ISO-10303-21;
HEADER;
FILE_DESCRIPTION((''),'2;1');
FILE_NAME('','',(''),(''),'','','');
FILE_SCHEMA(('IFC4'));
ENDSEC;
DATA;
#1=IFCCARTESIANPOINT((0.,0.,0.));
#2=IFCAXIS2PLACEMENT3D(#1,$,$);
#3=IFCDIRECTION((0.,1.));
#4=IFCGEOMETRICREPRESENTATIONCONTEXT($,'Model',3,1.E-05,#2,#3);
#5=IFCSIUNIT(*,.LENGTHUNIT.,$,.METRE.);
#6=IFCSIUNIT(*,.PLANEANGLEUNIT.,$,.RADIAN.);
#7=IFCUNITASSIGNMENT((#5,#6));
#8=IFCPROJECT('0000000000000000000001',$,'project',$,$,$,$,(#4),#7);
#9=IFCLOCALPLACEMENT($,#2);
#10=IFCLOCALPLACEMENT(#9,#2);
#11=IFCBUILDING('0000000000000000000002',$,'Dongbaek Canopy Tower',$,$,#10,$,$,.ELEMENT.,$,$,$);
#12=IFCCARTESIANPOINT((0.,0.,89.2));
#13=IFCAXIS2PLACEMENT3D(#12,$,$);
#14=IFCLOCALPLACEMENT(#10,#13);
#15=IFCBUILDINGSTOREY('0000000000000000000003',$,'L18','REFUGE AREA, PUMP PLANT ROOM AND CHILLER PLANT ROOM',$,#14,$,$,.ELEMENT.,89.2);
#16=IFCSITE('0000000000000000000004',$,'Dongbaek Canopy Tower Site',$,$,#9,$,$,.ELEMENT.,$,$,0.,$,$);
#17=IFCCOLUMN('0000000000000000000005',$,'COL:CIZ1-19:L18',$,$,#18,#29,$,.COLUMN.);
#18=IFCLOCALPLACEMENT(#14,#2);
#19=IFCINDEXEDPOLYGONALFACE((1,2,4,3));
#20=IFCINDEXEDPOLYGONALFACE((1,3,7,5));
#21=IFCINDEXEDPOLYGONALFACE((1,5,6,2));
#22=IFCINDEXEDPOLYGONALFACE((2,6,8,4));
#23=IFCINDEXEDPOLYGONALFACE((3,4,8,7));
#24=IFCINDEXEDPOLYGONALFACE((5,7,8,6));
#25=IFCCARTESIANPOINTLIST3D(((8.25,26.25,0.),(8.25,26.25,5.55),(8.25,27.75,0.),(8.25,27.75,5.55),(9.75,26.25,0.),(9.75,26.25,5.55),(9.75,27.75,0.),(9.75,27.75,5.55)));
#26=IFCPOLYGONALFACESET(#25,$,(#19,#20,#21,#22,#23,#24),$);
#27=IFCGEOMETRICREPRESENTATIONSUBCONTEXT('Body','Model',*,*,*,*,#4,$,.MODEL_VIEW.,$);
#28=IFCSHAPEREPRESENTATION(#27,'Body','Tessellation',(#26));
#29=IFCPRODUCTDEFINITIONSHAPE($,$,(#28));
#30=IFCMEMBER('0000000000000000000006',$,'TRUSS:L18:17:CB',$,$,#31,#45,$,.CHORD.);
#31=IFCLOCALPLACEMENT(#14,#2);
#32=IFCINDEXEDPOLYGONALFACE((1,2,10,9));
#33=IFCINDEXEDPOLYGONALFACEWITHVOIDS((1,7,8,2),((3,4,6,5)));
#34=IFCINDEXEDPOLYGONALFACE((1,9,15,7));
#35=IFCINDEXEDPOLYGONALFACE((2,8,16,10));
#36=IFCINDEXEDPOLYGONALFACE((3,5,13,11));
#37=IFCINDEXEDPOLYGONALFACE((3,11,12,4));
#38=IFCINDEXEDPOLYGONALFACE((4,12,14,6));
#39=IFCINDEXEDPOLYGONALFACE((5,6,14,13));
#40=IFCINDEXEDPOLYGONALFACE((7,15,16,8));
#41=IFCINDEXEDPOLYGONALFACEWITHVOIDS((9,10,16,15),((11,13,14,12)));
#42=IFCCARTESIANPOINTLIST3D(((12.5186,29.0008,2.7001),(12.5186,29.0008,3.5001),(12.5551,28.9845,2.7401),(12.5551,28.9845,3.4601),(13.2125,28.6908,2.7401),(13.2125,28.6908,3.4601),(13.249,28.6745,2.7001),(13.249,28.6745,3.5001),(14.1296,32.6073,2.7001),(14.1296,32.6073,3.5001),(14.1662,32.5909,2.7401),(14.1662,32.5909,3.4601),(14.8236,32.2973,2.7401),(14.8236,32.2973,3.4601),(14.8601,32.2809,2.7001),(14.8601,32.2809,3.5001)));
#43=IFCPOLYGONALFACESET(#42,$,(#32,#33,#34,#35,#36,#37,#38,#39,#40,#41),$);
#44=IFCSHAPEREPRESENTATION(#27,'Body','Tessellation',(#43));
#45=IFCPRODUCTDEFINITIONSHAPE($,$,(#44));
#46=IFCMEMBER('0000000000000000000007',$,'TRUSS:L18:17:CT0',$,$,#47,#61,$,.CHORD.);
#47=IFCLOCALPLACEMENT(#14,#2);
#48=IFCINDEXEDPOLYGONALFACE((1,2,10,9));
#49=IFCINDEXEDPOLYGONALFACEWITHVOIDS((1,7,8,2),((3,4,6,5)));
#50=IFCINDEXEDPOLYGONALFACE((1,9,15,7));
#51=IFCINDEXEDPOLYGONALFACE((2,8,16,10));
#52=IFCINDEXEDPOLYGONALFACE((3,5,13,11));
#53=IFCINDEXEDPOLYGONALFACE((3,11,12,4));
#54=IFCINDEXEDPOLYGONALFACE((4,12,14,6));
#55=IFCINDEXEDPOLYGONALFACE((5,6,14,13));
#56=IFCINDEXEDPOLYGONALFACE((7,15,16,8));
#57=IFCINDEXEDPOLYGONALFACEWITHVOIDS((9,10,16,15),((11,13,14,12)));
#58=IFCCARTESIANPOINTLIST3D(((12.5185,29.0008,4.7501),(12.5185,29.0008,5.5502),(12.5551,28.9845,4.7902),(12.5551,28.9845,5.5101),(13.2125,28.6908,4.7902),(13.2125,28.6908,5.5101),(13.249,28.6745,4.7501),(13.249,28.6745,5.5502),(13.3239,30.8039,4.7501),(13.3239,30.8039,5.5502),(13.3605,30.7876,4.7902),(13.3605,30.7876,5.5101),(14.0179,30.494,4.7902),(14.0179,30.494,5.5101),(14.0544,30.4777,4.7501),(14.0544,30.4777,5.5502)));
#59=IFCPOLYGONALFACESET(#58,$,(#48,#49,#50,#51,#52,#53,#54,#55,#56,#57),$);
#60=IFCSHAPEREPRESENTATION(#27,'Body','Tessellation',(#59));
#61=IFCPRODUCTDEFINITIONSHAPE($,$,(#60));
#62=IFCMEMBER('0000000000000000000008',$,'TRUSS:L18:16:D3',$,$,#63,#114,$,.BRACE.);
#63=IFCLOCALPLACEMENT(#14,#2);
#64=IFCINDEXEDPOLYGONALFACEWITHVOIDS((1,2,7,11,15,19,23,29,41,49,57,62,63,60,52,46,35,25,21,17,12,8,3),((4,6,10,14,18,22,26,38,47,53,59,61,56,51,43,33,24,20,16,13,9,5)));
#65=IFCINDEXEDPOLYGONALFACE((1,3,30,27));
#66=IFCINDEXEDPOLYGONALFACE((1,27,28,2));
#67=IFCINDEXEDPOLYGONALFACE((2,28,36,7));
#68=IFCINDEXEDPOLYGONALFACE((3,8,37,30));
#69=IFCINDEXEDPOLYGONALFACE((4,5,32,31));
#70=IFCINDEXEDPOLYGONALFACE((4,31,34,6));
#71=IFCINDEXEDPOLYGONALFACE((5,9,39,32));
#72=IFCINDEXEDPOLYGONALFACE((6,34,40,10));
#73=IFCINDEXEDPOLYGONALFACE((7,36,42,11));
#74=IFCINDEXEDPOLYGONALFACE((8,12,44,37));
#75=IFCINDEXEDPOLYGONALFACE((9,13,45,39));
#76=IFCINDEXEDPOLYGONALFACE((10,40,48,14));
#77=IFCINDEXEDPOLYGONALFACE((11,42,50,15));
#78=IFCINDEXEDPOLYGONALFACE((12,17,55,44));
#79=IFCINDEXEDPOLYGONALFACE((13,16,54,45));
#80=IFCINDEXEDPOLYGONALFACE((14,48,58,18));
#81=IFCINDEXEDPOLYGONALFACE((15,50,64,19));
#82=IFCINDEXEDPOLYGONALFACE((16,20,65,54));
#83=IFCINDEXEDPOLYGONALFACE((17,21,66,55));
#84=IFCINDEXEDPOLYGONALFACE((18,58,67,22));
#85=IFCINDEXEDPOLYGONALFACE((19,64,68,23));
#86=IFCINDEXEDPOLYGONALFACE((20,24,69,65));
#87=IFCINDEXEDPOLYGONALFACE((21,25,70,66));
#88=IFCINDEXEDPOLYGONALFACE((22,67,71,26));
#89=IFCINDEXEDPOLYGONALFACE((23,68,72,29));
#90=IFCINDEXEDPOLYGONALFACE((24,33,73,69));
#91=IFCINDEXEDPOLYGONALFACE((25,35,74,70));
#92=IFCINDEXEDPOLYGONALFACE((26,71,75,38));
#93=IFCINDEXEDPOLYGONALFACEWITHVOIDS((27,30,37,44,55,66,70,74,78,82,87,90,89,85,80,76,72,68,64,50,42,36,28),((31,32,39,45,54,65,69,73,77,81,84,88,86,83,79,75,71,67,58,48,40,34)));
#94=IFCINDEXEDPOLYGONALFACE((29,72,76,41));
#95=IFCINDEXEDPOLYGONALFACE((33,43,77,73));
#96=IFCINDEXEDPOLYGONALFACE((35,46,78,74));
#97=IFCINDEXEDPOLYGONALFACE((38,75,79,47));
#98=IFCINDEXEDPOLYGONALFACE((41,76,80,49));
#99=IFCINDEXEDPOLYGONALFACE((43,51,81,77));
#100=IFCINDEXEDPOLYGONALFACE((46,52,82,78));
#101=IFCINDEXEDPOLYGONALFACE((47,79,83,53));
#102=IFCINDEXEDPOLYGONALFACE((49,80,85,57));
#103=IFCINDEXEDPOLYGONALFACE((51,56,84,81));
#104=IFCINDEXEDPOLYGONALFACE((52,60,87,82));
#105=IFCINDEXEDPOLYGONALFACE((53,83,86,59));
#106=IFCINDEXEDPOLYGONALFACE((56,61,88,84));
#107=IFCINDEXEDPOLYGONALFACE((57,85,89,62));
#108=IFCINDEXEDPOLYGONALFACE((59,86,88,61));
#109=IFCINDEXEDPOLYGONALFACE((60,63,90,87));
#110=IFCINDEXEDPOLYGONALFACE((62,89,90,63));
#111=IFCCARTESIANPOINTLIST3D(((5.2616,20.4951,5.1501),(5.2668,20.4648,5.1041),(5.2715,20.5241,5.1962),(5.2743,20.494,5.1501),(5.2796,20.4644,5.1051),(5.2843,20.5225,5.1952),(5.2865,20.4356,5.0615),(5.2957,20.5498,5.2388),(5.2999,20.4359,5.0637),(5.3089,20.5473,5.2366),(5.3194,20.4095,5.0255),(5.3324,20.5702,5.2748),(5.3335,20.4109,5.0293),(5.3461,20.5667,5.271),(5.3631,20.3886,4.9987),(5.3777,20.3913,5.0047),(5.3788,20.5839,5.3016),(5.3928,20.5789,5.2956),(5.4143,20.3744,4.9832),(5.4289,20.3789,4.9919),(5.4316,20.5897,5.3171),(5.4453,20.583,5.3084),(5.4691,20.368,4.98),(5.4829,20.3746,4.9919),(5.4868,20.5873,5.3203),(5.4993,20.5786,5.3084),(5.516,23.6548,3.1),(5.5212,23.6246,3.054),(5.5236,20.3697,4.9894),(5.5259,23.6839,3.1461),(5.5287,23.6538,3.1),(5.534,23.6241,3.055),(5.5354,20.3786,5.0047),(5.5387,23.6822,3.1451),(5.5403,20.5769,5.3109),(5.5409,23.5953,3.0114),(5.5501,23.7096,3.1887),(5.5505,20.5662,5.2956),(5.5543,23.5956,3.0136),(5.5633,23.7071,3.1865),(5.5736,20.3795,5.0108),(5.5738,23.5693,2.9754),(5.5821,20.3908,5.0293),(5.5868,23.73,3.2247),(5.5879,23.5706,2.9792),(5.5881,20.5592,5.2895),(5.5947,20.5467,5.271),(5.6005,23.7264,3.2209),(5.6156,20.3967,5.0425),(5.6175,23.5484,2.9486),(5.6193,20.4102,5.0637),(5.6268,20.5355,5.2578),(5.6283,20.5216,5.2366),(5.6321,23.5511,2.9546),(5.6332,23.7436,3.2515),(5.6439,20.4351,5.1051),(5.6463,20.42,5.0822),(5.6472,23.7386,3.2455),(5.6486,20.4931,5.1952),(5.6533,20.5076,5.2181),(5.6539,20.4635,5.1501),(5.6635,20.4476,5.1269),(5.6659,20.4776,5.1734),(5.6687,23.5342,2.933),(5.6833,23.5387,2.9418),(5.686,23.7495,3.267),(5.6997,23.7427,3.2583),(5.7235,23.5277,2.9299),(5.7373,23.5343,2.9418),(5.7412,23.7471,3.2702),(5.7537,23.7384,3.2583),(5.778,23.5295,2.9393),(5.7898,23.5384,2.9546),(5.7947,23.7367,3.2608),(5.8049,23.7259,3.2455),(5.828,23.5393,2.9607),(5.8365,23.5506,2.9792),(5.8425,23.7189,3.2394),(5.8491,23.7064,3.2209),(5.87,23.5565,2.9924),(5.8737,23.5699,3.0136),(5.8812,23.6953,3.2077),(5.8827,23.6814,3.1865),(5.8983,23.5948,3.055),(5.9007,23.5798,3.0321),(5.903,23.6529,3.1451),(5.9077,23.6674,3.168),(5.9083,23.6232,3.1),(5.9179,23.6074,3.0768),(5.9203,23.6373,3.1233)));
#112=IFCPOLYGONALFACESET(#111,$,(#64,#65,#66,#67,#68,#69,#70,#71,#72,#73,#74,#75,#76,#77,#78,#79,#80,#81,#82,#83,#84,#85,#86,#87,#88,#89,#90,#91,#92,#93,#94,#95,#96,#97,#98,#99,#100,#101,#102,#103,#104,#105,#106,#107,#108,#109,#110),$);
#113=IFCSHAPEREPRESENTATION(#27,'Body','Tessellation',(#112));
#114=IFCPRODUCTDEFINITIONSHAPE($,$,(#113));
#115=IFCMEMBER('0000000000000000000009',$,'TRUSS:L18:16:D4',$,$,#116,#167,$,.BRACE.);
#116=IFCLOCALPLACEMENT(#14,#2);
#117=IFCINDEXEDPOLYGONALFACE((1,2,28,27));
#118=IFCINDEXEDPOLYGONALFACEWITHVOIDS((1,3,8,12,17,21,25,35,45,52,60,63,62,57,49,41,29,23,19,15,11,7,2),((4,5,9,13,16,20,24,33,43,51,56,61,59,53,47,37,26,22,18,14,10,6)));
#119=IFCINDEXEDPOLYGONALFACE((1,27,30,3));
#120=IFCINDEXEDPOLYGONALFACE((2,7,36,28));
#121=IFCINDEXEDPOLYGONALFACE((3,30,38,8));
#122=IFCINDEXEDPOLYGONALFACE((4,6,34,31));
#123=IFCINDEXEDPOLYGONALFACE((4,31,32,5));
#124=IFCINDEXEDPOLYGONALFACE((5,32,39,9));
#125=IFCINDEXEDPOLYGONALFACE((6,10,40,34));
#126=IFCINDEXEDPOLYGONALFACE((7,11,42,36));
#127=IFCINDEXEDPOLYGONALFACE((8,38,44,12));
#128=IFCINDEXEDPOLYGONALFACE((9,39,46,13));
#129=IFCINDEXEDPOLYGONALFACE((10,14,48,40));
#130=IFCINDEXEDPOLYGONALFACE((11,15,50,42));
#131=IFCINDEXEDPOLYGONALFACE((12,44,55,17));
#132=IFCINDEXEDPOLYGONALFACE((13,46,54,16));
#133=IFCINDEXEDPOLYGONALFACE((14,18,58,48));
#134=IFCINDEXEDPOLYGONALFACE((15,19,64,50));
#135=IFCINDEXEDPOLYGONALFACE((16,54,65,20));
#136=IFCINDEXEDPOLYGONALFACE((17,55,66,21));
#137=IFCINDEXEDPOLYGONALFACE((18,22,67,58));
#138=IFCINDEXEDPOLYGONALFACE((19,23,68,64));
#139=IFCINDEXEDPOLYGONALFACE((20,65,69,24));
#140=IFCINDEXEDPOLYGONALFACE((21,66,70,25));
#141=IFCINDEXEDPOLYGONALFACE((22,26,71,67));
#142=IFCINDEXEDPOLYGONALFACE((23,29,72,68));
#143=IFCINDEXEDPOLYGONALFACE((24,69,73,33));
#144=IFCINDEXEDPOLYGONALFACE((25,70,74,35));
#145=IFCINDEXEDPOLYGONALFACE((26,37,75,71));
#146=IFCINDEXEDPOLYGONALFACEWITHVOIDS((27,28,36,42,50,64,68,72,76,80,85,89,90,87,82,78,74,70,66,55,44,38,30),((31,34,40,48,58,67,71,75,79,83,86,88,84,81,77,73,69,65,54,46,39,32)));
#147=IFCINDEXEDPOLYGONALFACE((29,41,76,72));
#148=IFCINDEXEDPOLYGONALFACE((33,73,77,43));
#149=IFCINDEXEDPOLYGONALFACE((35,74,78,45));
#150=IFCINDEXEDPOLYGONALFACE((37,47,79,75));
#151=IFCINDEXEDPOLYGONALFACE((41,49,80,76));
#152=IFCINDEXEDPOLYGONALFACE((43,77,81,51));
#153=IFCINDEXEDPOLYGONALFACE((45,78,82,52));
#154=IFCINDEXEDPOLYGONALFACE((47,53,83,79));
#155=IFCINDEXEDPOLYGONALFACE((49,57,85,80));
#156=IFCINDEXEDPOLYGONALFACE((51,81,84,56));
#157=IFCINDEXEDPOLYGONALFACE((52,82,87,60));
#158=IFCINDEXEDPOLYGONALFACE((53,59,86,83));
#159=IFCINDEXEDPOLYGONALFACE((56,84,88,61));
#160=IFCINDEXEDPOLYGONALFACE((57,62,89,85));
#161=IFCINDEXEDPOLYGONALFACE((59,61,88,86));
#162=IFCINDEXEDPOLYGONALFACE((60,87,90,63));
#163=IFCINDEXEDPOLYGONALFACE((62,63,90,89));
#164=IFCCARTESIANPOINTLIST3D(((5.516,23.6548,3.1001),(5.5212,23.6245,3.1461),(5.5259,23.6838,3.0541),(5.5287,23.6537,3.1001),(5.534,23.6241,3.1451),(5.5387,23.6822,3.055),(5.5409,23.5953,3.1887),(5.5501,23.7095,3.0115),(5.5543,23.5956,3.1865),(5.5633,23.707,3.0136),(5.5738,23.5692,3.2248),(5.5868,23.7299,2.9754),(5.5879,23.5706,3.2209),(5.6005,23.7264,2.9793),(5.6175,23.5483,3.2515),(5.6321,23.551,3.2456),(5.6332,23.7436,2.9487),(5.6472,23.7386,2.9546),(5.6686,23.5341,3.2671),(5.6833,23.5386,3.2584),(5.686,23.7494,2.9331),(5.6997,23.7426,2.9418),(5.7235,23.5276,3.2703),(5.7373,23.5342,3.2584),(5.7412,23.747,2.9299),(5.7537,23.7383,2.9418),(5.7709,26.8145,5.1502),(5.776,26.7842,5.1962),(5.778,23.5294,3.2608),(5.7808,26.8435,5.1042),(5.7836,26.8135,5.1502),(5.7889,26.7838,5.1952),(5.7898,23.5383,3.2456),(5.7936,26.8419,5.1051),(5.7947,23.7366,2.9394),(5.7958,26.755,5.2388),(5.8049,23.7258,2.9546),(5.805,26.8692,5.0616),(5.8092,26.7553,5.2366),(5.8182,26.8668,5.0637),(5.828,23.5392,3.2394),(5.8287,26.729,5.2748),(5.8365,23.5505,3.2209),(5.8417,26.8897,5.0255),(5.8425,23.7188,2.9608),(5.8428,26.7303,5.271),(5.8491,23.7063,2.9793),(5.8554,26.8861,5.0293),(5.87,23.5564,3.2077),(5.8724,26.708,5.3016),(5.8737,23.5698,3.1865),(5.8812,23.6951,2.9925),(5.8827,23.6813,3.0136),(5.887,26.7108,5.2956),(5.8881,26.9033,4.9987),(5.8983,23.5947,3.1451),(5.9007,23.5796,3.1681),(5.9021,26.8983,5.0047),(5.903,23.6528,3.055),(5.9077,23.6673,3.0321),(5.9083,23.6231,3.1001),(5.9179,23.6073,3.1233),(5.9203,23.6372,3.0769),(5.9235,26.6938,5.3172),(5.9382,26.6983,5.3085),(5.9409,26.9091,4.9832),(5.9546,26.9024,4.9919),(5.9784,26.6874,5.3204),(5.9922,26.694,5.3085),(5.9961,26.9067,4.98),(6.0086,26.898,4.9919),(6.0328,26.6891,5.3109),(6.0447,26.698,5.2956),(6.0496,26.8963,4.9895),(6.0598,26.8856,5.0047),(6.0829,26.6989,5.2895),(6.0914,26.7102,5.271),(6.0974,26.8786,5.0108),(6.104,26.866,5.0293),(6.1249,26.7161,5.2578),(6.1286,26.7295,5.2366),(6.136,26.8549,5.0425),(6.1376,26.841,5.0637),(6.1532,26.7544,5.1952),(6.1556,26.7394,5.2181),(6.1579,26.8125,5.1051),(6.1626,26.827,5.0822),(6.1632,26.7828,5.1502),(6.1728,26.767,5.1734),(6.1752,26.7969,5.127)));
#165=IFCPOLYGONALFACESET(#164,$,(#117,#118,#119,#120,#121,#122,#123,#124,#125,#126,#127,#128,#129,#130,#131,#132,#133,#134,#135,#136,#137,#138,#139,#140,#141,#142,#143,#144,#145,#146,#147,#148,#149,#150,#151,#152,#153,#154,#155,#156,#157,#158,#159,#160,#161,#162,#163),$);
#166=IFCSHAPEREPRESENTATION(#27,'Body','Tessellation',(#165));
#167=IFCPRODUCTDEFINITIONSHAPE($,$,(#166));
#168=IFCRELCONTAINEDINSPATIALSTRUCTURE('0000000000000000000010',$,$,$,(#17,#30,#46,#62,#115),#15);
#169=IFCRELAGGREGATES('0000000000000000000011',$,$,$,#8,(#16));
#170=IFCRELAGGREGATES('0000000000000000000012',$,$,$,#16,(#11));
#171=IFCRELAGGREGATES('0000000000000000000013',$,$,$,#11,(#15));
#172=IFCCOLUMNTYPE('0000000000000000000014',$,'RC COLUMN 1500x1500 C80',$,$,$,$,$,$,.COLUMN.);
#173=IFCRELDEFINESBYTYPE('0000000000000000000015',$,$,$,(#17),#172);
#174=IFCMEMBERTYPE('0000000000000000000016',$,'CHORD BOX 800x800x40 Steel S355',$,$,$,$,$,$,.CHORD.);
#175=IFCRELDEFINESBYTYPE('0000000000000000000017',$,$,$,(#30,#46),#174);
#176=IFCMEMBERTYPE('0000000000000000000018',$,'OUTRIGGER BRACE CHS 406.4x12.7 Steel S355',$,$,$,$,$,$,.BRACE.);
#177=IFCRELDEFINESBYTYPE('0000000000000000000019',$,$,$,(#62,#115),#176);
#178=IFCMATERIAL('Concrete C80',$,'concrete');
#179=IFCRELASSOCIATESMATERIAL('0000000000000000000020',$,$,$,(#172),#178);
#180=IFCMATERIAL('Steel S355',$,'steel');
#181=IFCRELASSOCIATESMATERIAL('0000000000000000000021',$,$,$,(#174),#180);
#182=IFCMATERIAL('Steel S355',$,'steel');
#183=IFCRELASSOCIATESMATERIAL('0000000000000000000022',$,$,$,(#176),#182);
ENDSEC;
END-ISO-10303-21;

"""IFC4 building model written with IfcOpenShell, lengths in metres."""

from ifc_helpers import new_model, si_unit, direction, frame, origin, origin_2d, place, context, subcontext, project, spatial, rectangle, hollow_rectangle, hollow_circle, extrude, material, material_profile, profile_set, type_object, element, save


model = new_model("IFC4")

# Units and contexts
model_context = context("Model", 3, precision=1e-05, world=origin(), true_north=direction((0.0, 1.0)))
body_context = subcontext(model_context, "Body", "Model", "MODEL_VIEW")
ifc_project = project(units=[si_unit("LENGTHUNIT", "METRE"), si_unit("PLANEANGLEUNIT", "RADIAN")], contexts=[model_context])

# Site, building, storey
site_placement = place(None, origin())
site = spatial("IfcSite", under=ifc_project, at=site_placement, Name="Dongbaek Canopy Tower Site", CompositionType="ELEMENT", RefElevation=0.0)
building_placement = place(site_placement, origin())
building = spatial("IfcBuilding", under=site, at=building_placement, Name="Dongbaek Canopy Tower", CompositionType="ELEMENT")
storey_placement = place(building_placement, frame((0.0, 0.0, 89.2)))
storey = spatial("IfcBuildingStorey", under=building, at=storey_placement, Name="L18", Description="REFUGE AREA, PUMP PLANT ROOM AND CHILLER PLANT ROOM", CompositionType="ELEMENT", Elevation=89.2)

# Column
ifc_material_1 = material(Name="Concrete C80", Category="concrete")
ifc_material_profile_1 = material_profile(ifc_material_1, rectangle(XDim=1.5, YDim=1.5, at=origin_2d()), Name="RC COLUMN 1500x1500 C80")
ifc_profile_set_1 = profile_set([ifc_material_profile_1], Name="Concrete C80")
column_type = type_object("IfcColumnType", Name="RC COLUMN 1500x1500 C80", PredefinedType="COLUMN", material=ifc_profile_set_1)
column_placement = place(storey_placement, frame((9.0, 27.0, 0.0), z_axis=(0.0, 0.0, 1.0), x_axis=(1.0, 0.0, 0.0)))
element("IfcColumn", 1, at=column_placement, inside=storey, type_object=column_type, Name="COL:CIZ1-19:L18", PredefinedType="COLUMN", context=body_context, shape_type="SweptSolid", body=[
    extrude(rectangle(XDim=1.5, YDim=1.5, at=origin_2d()), origin(), (0.0, 0.0, 1.0), 5.55),
])

# Members
ifc_material_2 = material(Name="Steel S355", Category="steel")
ifc_material_profile_2 = material_profile(ifc_material_2, hollow_rectangle(XDim=0.8, YDim=0.8, WallThickness=0.04, at=origin_2d()), Name="CHORD BOX 800x800x40 Steel S355")
ifc_profile_set_2 = profile_set([ifc_material_profile_2], Name="Steel S355")
member_type_1 = type_object("IfcMemberType", Name="CHORD BOX 800x800x40 Steel S355", PredefinedType="CHORD", material=ifc_profile_set_2)
member_1_placement = place(storey_placement, frame((12.8838, 28.8376, 3.1001), z_axis=(0.407875, 0.913038, 0.0), x_axis=(-0.913038, 0.407875, 0.0)))
element("IfcMember", 2, at=member_1_placement, inside=storey, type_object=member_type_1, Name="TRUSS:L18:17:CB", PredefinedType="CHORD", context=body_context, shape_type="SweptSolid", body=[
    extrude(hollow_rectangle(XDim=0.8, YDim=0.8, WallThickness=0.04, at=origin_2d()), origin(), (0.0, 0.0, 1.0), 3.95),
])
member_2_placement = place(storey_placement, frame((12.8838, 28.8376, 5.1501), z_axis=(0.407824, 0.913061, 0.0), x_axis=(-0.913061, 0.407824, 0.0)))
element("IfcMember", 3, at=member_2_placement, inside=storey, type_object=member_type_1, Name="TRUSS:L18:17:CT0", PredefinedType="CHORD", context=body_context, shape_type="SweptSolid", body=[
    extrude(hollow_rectangle(XDim=0.8, YDim=0.8, WallThickness=0.04, at=origin_2d()), origin(), (0.0, 0.0, 1.0), 1.9749),
])
ifc_material_3 = material(Name="Steel S355", Category="steel")
ifc_material_profile_3 = material_profile(ifc_material_3, hollow_circle(Radius=0.2031, WallThickness=0.0127, at=origin_2d()), Name="OUTRIGGER BRACE CHS 406.4x12.7 Steel S355")
ifc_profile_set_3 = profile_set([ifc_material_profile_3], Name="Steel S355")
member_type_2 = type_object("IfcMemberType", Name="OUTRIGGER BRACE CHS 406.4x12.7 Steel S355", PredefinedType="BRACE", material=ifc_profile_set_3)
for number, where, z_axis, x_axis, name in (
    (4, (5.4641, 20.4788, 5.1501), (0.067389, 0.83699, -0.543054), (-0.996774, 0.080253, 0.0), "TRUSS:L18:16:D3"),
    (5, (5.7185, 23.6384, 3.1001), (0.067517, 0.836982, 0.543049), (-0.996762, 0.080406, 0.0), "TRUSS:L18:16:D4"),
):
    element("IfcMember", number, at=place(storey_placement, frame(where, z_axis=z_axis, x_axis=x_axis)), inside=storey, type_object=member_type_2, Name=name, PredefinedType="BRACE", context=body_context, shape_type="SweptSolid", body=[
        extrude(hollow_circle(Radius=0.2031, WallThickness=0.0127, at=origin_2d()), origin(), (0.0, 0.0, 1.0), 3.7751),
    ])

save(model, "model.ifc")
